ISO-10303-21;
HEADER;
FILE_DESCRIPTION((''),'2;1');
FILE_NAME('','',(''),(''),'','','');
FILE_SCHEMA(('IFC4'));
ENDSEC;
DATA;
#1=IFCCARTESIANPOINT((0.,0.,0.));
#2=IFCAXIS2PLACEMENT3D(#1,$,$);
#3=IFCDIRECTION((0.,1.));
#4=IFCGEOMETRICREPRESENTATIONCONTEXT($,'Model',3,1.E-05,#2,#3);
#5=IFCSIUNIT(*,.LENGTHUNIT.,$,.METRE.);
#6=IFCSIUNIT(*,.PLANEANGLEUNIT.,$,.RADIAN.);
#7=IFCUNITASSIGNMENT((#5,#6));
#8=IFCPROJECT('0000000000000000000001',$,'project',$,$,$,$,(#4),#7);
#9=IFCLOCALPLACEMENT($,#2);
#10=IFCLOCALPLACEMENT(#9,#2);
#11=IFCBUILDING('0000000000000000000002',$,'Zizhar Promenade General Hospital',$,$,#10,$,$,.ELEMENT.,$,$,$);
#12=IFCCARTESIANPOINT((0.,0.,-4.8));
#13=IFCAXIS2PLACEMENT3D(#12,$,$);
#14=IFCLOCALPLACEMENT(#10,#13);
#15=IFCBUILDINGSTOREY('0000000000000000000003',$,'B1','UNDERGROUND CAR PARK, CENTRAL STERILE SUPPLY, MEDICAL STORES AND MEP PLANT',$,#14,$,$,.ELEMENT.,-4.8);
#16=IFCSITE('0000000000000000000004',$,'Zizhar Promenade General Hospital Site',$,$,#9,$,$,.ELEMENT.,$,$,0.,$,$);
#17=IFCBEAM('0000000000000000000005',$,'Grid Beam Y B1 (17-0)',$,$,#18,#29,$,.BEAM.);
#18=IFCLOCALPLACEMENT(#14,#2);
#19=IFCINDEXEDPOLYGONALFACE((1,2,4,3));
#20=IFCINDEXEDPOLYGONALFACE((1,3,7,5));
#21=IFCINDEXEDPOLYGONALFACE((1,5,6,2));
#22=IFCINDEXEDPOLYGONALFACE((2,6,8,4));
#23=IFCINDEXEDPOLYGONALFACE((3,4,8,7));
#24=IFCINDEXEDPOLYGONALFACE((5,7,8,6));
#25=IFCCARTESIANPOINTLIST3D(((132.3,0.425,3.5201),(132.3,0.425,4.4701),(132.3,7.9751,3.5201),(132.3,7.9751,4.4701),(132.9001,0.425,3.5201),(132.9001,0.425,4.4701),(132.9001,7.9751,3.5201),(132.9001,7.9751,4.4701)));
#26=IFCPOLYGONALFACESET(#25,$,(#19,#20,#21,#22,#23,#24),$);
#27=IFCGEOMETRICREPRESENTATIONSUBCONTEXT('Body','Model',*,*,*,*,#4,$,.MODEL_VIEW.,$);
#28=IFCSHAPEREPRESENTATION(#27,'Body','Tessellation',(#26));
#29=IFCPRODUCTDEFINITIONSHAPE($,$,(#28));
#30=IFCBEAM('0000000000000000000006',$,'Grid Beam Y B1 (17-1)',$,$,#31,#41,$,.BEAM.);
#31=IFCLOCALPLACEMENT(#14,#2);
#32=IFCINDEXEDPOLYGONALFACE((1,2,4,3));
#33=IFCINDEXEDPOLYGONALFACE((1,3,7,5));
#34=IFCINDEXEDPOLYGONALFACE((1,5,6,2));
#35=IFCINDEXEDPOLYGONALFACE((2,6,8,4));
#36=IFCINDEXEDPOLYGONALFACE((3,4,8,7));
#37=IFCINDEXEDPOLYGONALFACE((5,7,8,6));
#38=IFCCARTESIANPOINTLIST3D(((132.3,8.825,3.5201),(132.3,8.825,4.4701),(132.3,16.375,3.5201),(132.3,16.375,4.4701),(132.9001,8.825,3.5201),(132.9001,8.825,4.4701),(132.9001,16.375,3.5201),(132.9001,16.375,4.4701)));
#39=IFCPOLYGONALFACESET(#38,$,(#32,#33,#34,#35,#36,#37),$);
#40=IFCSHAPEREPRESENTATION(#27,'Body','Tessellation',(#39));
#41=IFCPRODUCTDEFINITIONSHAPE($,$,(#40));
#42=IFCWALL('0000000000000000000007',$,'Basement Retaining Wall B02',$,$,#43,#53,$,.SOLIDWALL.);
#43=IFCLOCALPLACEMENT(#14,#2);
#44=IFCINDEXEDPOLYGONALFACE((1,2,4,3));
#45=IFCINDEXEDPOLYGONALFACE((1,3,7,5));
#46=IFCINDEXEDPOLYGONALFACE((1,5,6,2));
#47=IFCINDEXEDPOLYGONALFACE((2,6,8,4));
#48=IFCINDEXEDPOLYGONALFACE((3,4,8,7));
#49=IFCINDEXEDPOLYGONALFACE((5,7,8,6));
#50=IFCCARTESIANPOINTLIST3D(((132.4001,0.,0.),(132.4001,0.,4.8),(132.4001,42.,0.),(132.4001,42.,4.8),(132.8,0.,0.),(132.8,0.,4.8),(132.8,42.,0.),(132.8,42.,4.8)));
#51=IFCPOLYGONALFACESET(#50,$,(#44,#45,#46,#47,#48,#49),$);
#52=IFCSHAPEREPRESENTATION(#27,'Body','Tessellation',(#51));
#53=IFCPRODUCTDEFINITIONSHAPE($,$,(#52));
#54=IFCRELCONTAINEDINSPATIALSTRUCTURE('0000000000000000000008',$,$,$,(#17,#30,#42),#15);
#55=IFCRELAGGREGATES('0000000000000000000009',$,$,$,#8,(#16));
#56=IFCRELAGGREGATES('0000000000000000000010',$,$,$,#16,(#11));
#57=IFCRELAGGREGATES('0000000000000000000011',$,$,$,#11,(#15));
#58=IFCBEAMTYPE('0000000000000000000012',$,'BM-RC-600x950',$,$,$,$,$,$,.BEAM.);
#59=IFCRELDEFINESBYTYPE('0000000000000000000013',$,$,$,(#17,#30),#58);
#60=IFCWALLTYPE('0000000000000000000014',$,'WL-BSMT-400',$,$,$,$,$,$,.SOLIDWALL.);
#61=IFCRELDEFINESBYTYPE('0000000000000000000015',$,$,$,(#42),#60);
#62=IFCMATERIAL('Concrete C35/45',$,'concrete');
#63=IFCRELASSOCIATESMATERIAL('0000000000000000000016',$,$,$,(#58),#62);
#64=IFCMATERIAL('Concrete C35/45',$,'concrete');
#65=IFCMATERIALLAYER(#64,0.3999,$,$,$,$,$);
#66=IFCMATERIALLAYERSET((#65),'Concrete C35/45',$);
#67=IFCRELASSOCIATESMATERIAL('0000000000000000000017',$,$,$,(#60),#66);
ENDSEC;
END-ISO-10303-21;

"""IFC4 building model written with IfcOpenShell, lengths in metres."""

from ifc_helpers import new_model, si_unit, direction, frame, frame_2d, origin, origin_2d, place, context, subcontext, project, spatial, rectangle, extrude, material, layer, layer_set, material_profile, profile_set, type_object, element, save


model = new_model("IFC4")

# Units and contexts
model_context = context("Model", 3, precision=1e-05, world=origin(), true_north=direction((0.0, 1.0)))
body_context = subcontext(model_context, "Body", "Model", "MODEL_VIEW")
ifc_project = project(units=[si_unit("LENGTHUNIT", "METRE"), si_unit("PLANEANGLEUNIT", "RADIAN")], contexts=[model_context])

# Site, building, storey
site_placement = place(None, origin())
site = spatial("IfcSite", under=ifc_project, at=site_placement, Name="Zizhar Promenade General Hospital Site", CompositionType="ELEMENT", RefElevation=0.0)
building_placement = place(site_placement, origin())
building = spatial("IfcBuilding", under=site, at=building_placement, Name="Zizhar Promenade General Hospital", CompositionType="ELEMENT")
storey_placement = place(building_placement, frame((0.0, 0.0, -4.8)))
storey = spatial("IfcBuildingStorey", under=building, at=storey_placement, Name="B1", Description="UNDERGROUND CAR PARK, CENTRAL STERILE SUPPLY, MEDICAL STORES AND MEP PLANT", CompositionType="ELEMENT", Elevation=-4.8)

# Beams
ifc_material_1 = material(Name="Concrete C35/45", Category="concrete")
ifc_material_profile_1 = material_profile(ifc_material_1, rectangle(XDim=0.6001, YDim=0.95, at=origin_2d()))
ifc_profile_set_1 = profile_set([ifc_material_profile_1], Name="Concrete C35/45")
beam_type = type_object("IfcBeamType", Name="BM-RC-600x950", PredefinedType="BEAM", material=ifc_profile_set_1)
for number, where, z_axis, x_axis, name in (
    (1, (132.6001, 0.425, 3.9951), (0.0, 1.0, 0.0), (-1.0, 0.0, 0.0), "Grid Beam Y B1 (17-0)"),
    (2, (132.6001, 8.825, 3.9951), (0.0, 1.0, 0.0), (-1.0, 0.0, 0.0), "Grid Beam Y B1 (17-1)"),
):
    element("IfcBeam", number, at=place(storey_placement, frame(where, z_axis=z_axis, x_axis=x_axis)), inside=storey, type_object=beam_type, Name=name, PredefinedType="BEAM", context=body_context, shape_type="SweptSolid", body=[
        extrude(rectangle(XDim=0.6001, YDim=0.95, at=origin_2d()), origin(), (0.0, 0.0, 1.0), 7.55),
    ])

# Wall
ifc_material_2 = material(Name="Concrete C35/45", Category="concrete")
ifc_layer = layer(ifc_material_2, 0.3999)
ifc_layer_set = layer_set([ifc_layer], Name="Concrete C35/45")
wall_type = type_object("IfcWallType", Name="WL-BSMT-400", PredefinedType="SOLIDWALL", material=ifc_layer_set)
wall_placement = place(storey_placement, frame((132.6001, 0.0, 0.0), z_axis=(0.0, 0.0, 1.0), x_axis=(0.0, 1.0, 0.0)))
element("IfcWall", 3, at=wall_placement, inside=storey, type_object=wall_type, Name="Basement Retaining Wall B02", PredefinedType="SOLIDWALL", context=body_context, shape_type="SweptSolid", body=[
    extrude(rectangle(XDim=42.0, YDim=0.3999, at=frame_2d((21.0, 0.0))), origin(), (0.0, 0.0, 1.0), 4.8),
])

save(model, "model.ifc")
